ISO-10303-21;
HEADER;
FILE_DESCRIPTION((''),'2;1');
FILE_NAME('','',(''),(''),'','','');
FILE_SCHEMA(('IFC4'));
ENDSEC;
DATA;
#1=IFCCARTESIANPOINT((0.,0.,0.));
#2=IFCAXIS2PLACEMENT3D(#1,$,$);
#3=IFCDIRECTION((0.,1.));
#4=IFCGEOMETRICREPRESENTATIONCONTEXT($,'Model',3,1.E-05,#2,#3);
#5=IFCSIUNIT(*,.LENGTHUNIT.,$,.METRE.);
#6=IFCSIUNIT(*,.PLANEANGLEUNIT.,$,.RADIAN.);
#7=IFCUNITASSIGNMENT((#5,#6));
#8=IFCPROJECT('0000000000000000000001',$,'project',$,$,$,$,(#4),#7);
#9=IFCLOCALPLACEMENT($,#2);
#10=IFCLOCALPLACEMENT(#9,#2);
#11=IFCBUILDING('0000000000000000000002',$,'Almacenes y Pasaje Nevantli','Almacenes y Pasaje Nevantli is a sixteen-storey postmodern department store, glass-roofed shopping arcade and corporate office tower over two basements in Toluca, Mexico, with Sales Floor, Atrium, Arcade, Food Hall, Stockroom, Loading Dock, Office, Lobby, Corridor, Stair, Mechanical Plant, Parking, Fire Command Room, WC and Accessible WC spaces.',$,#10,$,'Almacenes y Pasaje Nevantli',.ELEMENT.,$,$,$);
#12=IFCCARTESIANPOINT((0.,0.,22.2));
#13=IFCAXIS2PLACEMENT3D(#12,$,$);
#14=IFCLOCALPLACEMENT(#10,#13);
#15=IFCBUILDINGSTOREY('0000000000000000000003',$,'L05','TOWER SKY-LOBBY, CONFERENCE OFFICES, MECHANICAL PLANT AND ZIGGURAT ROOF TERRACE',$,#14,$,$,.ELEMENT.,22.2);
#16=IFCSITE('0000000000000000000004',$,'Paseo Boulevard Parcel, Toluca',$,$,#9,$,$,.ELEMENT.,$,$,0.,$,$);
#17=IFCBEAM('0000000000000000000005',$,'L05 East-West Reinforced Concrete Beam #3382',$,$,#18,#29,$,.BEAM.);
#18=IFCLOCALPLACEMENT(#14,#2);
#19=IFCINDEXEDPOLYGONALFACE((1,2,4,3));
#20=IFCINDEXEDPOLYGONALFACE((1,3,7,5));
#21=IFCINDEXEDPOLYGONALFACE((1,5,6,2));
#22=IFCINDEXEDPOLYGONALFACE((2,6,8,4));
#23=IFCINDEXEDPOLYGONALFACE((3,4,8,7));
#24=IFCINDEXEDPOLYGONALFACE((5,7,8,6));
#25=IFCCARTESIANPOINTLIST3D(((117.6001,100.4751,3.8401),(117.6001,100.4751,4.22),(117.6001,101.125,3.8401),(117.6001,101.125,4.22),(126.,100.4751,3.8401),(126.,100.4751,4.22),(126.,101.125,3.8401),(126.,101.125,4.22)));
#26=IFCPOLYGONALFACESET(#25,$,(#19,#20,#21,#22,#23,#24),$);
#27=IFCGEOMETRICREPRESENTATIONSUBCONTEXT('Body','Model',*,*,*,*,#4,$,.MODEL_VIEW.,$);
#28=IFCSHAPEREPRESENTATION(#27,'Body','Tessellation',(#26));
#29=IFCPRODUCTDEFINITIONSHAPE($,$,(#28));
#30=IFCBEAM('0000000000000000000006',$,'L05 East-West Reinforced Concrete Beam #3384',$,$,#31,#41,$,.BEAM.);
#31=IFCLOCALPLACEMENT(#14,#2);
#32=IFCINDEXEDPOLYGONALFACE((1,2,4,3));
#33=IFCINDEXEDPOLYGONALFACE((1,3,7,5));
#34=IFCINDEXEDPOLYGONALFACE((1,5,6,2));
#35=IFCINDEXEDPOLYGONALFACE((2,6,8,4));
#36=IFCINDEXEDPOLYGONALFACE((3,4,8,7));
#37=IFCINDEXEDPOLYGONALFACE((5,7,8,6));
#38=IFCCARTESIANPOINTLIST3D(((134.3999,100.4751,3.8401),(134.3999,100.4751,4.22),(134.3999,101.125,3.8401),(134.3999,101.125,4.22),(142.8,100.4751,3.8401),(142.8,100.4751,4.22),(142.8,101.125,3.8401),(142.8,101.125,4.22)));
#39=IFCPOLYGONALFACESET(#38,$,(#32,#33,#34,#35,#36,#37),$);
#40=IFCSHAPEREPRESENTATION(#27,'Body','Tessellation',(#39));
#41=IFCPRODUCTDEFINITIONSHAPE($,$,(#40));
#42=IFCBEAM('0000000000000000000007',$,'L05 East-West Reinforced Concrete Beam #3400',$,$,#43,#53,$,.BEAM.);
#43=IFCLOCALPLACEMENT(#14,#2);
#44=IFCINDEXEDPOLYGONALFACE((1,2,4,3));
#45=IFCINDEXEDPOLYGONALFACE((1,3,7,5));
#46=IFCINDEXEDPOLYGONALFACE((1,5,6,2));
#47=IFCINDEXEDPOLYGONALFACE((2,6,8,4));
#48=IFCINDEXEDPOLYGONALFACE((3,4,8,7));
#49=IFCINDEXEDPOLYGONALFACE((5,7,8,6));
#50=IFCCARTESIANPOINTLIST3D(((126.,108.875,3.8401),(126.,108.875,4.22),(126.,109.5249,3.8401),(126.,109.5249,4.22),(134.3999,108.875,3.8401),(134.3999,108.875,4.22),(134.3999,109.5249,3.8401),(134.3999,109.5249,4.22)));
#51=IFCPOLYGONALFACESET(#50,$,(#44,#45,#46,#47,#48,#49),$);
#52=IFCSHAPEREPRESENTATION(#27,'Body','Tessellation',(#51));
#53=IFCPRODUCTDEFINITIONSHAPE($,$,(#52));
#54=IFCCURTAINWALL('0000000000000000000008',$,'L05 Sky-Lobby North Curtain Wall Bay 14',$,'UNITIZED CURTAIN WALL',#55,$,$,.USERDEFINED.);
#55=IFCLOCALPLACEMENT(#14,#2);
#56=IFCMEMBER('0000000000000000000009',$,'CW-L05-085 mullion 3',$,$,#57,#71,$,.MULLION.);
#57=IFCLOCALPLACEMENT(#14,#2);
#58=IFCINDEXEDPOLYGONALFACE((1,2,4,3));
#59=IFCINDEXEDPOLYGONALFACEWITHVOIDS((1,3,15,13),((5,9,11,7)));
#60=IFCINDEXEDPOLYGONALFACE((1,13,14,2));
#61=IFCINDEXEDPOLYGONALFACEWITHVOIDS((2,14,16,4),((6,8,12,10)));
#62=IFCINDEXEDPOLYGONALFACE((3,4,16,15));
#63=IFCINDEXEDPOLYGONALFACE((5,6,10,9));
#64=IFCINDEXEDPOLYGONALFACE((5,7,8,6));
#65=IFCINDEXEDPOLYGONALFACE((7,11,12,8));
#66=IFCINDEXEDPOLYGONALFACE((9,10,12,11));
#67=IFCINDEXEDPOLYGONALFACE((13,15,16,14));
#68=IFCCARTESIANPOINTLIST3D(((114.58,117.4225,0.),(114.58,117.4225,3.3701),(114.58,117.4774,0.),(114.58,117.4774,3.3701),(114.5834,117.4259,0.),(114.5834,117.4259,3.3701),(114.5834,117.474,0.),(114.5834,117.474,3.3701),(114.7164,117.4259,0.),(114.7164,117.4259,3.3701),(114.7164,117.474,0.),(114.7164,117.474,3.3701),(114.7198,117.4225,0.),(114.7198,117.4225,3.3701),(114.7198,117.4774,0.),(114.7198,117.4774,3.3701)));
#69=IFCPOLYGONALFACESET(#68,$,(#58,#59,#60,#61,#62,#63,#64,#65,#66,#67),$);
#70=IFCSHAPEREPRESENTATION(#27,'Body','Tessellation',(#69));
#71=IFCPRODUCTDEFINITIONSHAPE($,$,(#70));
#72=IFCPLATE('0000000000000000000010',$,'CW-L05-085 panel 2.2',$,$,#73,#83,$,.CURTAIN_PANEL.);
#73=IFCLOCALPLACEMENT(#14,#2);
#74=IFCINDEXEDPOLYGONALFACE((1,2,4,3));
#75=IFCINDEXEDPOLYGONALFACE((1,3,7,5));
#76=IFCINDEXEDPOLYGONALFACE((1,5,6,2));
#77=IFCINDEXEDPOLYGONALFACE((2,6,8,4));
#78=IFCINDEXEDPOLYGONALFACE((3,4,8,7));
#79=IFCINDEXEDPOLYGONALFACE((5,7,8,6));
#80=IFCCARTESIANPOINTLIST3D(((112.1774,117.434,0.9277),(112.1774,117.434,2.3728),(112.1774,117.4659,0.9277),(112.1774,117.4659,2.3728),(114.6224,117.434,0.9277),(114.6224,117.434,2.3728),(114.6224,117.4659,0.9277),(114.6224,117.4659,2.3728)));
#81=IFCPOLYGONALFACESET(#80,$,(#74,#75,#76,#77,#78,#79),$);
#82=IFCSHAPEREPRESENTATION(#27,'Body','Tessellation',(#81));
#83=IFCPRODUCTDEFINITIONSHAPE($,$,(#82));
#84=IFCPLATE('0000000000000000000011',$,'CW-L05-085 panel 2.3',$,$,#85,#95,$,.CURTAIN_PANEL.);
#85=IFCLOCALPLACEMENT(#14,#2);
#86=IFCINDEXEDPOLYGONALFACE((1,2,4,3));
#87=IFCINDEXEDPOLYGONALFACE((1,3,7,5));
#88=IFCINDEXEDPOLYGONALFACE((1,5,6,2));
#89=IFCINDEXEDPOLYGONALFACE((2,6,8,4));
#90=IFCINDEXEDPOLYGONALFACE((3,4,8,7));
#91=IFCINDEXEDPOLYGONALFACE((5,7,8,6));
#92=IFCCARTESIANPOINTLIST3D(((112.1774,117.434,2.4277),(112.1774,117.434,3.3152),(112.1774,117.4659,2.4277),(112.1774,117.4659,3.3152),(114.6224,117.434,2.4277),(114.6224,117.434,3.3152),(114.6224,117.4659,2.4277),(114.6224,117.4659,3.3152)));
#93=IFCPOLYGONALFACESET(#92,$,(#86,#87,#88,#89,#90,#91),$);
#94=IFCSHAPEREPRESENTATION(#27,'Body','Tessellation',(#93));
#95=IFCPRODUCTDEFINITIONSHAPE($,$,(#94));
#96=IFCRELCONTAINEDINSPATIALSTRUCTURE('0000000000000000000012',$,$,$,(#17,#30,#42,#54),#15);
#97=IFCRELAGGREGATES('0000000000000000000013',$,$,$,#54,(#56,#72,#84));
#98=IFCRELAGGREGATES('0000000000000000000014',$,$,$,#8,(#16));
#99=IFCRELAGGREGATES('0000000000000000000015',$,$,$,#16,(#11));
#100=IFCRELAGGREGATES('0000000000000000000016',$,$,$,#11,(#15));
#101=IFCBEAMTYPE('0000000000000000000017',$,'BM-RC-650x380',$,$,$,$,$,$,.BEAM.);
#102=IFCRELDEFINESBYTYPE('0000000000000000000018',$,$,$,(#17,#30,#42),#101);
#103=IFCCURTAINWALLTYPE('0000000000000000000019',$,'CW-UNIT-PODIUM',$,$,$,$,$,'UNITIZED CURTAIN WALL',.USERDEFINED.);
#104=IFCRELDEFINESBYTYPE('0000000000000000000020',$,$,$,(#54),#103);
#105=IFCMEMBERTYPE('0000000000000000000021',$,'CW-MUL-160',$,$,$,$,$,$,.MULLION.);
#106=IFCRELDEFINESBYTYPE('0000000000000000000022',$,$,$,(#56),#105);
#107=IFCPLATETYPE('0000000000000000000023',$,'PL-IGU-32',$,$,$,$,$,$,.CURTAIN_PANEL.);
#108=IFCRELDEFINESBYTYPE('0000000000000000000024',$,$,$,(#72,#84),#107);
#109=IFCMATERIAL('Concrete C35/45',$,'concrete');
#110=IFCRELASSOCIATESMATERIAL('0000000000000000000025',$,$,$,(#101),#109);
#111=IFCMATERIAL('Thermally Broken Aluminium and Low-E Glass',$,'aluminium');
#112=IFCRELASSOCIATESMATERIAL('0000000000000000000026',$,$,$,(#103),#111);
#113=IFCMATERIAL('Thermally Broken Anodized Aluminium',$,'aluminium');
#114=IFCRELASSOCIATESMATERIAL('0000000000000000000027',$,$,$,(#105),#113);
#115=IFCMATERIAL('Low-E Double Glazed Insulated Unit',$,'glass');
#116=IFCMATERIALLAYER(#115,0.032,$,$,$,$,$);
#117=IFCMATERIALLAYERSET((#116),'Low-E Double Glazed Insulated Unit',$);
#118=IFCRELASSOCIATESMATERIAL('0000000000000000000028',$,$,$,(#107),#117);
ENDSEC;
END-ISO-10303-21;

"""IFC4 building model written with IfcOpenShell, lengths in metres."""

from ifc_helpers import new_model, si_unit, direction, frame, origin, origin_2d, place, context, subcontext, project, spatial, rectangle, hollow_rectangle, extrude, material, layer, layer_set, material_profile, profile_set, type_object, element, aggregate, save


model = new_model("IFC4")

# Units and contexts
model_context = context("Model", 3, precision=1e-05, world=origin(), true_north=direction((0.0, 1.0)))
body_context = subcontext(model_context, "Body", "Model", "MODEL_VIEW")
ifc_project = project(units=[si_unit("LENGTHUNIT", "METRE"), si_unit("PLANEANGLEUNIT", "RADIAN")], contexts=[model_context])

# Site, building, storey
site_placement = place(None, origin())
site = spatial("IfcSite", under=ifc_project, at=site_placement, Name="Paseo Boulevard Parcel, Toluca", CompositionType="ELEMENT", RefElevation=0.0)
building_placement = place(site_placement, origin())
building = spatial("IfcBuilding", under=site, at=building_placement, Name="Almacenes y Pasaje Nevantli", Description="Almacenes y Pasaje Nevantli is a sixteen-storey postmodern department store, glass-roofed shopping arcade and corporate office tower over two basements in Toluca, Mexico, with Sales Floor, Atrium, Arcade, Food Hall, Stockroom, Loading Dock, Office, Lobby, Corridor, Stair, Mechanical Plant, Parking, Fire Command Room, WC and Accessible WC spaces.", LongName="Almacenes y Pasaje Nevantli", CompositionType="ELEMENT")
storey_placement = place(building_placement, frame((0.0, 0.0, 22.2)))
storey = spatial("IfcBuildingStorey", under=building, at=storey_placement, Name="L05", Description="TOWER SKY-LOBBY, CONFERENCE OFFICES, MECHANICAL PLANT AND ZIGGURAT ROOF TERRACE", CompositionType="ELEMENT", Elevation=22.2)

# Beams
ifc_material_1 = material(Name="Concrete C35/45", Category="concrete")
ifc_material_profile_1 = material_profile(ifc_material_1, rectangle(XDim=0.6499, YDim=0.3799, at=origin_2d()), Name="RC-BM-650x380")
ifc_profile_set_1 = profile_set([ifc_material_profile_1], Name="Concrete C35/45")
beam_type_1 = type_object("IfcBeamType", Name="BM-RC-650x380", PredefinedType="BEAM", material=ifc_profile_set_1)
beam_1_placement = place(storey_placement, frame((117.6001, 100.8, 4.03), z_axis=(1.0, 0.0, 0.0), x_axis=(0.0, 1.0, 0.0)))
element("IfcBeam", 1, at=beam_1_placement, inside=storey, type_object=beam_type_1, Name="L05 East-West Reinforced Concrete Beam #3382", PredefinedType="BEAM", context=body_context, shape_type="SweptSolid", body=[
    extrude(rectangle(XDim=0.6499, YDim=0.3799, at=origin_2d()), origin(), (0.0, 0.0, 1.0), 8.3999),
])
beam_2_placement = place(storey_placement, frame((134.3999, 100.8, 4.03), z_axis=(1.0, 0.0, 0.0), x_axis=(0.0, 1.0, 0.0)))
element("IfcBeam", 2, at=beam_2_placement, inside=storey, type_object=beam_type_1, Name="L05 East-West Reinforced Concrete Beam #3384", PredefinedType="BEAM", context=body_context, shape_type="SweptSolid", body=[
    extrude(rectangle(XDim=0.6499, YDim=0.3799, at=origin_2d()), origin(), (0.0, 0.0, 1.0), 8.4001),
])
beam_3_placement = place(storey_placement, frame((126.0, 109.2, 4.03), z_axis=(1.0, 0.0, 0.0), x_axis=(0.0, 1.0, 0.0)))
element("IfcBeam", 3, at=beam_3_placement, inside=storey, type_object=beam_type_1, Name="L05 East-West Reinforced Concrete Beam #3400", PredefinedType="BEAM", context=body_context, shape_type="SweptSolid", body=[
    extrude(rectangle(XDim=0.6499, YDim=0.3799, at=origin_2d()), origin(), (0.0, 0.0, 1.0), 8.3999),
])

# Curtain wall, member, plates
ifc_material_2 = material(Name="Thermally Broken Aluminium and Low-E Glass", Category="aluminium")
curtain_wall_type = type_object("IfcCurtainWallType", Name="CW-UNIT-PODIUM", ElementType="UNITIZED CURTAIN WALL", PredefinedType="USERDEFINED", material=ifc_material_2)
curtain_wall_placement = place(storey_placement, origin())
curtain_wall = element("IfcCurtainWall", 4, at=curtain_wall_placement, inside=storey, type_object=curtain_wall_type, Name="L05 Sky-Lobby North Curtain Wall Bay 14", ObjectType="UNITIZED CURTAIN WALL", PredefinedType="USERDEFINED")
ifc_material_3 = material(Name="Thermally Broken Anodized Aluminium", Category="aluminium")
ifc_material_profile_2 = material_profile(ifc_material_3, hollow_rectangle(XDim=0.0549, YDim=0.1399, WallThickness=0.0034, at=origin_2d()), Name="ALU-MUL-55x140")
ifc_profile_set_2 = profile_set([ifc_material_profile_2], Name="Thermally Broken Anodized Aluminium")
member_type = type_object("IfcMemberType", Name="CW-MUL-160", PredefinedType="MULLION", material=ifc_profile_set_2)
member_placement = place(storey_placement, frame((114.6499, 117.45, 0.0), z_axis=(0.0, 0.0, 1.0), x_axis=(0.0, 1.0, 0.0)))
member = element("IfcMember", 5, at=member_placement, type_object=member_type, Name="CW-L05-085 mullion 3", PredefinedType="MULLION", context=body_context, shape_type="SweptSolid", body=[
    extrude(hollow_rectangle(XDim=0.0549, YDim=0.1399, WallThickness=0.0034, at=origin_2d()), origin(), (0.0, 0.0, 1.0), 3.3701),
])
ifc_material_4 = material(Name="Low-E Double Glazed Insulated Unit", Category="glass")
ifc_layer = layer(ifc_material_4, 0.032)
ifc_layer_set = layer_set([ifc_layer], Name="Low-E Double Glazed Insulated Unit")
plate_type = type_object("IfcPlateType", Name="PL-IGU-32", PredefinedType="CURTAIN_PANEL", material=ifc_layer_set)
plate_1_placement = place(storey_placement, frame((113.3999, 117.45, 0.9277), z_axis=(0.0, 0.0, 1.0), x_axis=(1.0, 0.0, 0.0)))
plate_1 = element("IfcPlate", 6, at=plate_1_placement, type_object=plate_type, Name="CW-L05-085 panel 2.2", PredefinedType="CURTAIN_PANEL", context=body_context, shape_type="SweptSolid", body=[
    extrude(rectangle(XDim=2.4451, YDim=0.032, at=origin_2d()), origin(), (0.0, 0.0, 1.0), 1.4451),
])
plate_2_placement = place(storey_placement, frame((113.3999, 117.45, 2.4277), z_axis=(0.0, 0.0, 1.0), x_axis=(1.0, 0.0, 0.0)))
plate_2 = element("IfcPlate", 7, at=plate_2_placement, type_object=plate_type, Name="CW-L05-085 panel 2.3", PredefinedType="CURTAIN_PANEL", context=body_context, shape_type="SweptSolid", body=[
    extrude(rectangle(XDim=2.4451, YDim=0.032, at=origin_2d()), origin(), (0.0, 0.0, 1.0), 0.8875),
])
aggregate(curtain_wall, [member, plate_1, plate_2])

save(model, "model.ifc")
